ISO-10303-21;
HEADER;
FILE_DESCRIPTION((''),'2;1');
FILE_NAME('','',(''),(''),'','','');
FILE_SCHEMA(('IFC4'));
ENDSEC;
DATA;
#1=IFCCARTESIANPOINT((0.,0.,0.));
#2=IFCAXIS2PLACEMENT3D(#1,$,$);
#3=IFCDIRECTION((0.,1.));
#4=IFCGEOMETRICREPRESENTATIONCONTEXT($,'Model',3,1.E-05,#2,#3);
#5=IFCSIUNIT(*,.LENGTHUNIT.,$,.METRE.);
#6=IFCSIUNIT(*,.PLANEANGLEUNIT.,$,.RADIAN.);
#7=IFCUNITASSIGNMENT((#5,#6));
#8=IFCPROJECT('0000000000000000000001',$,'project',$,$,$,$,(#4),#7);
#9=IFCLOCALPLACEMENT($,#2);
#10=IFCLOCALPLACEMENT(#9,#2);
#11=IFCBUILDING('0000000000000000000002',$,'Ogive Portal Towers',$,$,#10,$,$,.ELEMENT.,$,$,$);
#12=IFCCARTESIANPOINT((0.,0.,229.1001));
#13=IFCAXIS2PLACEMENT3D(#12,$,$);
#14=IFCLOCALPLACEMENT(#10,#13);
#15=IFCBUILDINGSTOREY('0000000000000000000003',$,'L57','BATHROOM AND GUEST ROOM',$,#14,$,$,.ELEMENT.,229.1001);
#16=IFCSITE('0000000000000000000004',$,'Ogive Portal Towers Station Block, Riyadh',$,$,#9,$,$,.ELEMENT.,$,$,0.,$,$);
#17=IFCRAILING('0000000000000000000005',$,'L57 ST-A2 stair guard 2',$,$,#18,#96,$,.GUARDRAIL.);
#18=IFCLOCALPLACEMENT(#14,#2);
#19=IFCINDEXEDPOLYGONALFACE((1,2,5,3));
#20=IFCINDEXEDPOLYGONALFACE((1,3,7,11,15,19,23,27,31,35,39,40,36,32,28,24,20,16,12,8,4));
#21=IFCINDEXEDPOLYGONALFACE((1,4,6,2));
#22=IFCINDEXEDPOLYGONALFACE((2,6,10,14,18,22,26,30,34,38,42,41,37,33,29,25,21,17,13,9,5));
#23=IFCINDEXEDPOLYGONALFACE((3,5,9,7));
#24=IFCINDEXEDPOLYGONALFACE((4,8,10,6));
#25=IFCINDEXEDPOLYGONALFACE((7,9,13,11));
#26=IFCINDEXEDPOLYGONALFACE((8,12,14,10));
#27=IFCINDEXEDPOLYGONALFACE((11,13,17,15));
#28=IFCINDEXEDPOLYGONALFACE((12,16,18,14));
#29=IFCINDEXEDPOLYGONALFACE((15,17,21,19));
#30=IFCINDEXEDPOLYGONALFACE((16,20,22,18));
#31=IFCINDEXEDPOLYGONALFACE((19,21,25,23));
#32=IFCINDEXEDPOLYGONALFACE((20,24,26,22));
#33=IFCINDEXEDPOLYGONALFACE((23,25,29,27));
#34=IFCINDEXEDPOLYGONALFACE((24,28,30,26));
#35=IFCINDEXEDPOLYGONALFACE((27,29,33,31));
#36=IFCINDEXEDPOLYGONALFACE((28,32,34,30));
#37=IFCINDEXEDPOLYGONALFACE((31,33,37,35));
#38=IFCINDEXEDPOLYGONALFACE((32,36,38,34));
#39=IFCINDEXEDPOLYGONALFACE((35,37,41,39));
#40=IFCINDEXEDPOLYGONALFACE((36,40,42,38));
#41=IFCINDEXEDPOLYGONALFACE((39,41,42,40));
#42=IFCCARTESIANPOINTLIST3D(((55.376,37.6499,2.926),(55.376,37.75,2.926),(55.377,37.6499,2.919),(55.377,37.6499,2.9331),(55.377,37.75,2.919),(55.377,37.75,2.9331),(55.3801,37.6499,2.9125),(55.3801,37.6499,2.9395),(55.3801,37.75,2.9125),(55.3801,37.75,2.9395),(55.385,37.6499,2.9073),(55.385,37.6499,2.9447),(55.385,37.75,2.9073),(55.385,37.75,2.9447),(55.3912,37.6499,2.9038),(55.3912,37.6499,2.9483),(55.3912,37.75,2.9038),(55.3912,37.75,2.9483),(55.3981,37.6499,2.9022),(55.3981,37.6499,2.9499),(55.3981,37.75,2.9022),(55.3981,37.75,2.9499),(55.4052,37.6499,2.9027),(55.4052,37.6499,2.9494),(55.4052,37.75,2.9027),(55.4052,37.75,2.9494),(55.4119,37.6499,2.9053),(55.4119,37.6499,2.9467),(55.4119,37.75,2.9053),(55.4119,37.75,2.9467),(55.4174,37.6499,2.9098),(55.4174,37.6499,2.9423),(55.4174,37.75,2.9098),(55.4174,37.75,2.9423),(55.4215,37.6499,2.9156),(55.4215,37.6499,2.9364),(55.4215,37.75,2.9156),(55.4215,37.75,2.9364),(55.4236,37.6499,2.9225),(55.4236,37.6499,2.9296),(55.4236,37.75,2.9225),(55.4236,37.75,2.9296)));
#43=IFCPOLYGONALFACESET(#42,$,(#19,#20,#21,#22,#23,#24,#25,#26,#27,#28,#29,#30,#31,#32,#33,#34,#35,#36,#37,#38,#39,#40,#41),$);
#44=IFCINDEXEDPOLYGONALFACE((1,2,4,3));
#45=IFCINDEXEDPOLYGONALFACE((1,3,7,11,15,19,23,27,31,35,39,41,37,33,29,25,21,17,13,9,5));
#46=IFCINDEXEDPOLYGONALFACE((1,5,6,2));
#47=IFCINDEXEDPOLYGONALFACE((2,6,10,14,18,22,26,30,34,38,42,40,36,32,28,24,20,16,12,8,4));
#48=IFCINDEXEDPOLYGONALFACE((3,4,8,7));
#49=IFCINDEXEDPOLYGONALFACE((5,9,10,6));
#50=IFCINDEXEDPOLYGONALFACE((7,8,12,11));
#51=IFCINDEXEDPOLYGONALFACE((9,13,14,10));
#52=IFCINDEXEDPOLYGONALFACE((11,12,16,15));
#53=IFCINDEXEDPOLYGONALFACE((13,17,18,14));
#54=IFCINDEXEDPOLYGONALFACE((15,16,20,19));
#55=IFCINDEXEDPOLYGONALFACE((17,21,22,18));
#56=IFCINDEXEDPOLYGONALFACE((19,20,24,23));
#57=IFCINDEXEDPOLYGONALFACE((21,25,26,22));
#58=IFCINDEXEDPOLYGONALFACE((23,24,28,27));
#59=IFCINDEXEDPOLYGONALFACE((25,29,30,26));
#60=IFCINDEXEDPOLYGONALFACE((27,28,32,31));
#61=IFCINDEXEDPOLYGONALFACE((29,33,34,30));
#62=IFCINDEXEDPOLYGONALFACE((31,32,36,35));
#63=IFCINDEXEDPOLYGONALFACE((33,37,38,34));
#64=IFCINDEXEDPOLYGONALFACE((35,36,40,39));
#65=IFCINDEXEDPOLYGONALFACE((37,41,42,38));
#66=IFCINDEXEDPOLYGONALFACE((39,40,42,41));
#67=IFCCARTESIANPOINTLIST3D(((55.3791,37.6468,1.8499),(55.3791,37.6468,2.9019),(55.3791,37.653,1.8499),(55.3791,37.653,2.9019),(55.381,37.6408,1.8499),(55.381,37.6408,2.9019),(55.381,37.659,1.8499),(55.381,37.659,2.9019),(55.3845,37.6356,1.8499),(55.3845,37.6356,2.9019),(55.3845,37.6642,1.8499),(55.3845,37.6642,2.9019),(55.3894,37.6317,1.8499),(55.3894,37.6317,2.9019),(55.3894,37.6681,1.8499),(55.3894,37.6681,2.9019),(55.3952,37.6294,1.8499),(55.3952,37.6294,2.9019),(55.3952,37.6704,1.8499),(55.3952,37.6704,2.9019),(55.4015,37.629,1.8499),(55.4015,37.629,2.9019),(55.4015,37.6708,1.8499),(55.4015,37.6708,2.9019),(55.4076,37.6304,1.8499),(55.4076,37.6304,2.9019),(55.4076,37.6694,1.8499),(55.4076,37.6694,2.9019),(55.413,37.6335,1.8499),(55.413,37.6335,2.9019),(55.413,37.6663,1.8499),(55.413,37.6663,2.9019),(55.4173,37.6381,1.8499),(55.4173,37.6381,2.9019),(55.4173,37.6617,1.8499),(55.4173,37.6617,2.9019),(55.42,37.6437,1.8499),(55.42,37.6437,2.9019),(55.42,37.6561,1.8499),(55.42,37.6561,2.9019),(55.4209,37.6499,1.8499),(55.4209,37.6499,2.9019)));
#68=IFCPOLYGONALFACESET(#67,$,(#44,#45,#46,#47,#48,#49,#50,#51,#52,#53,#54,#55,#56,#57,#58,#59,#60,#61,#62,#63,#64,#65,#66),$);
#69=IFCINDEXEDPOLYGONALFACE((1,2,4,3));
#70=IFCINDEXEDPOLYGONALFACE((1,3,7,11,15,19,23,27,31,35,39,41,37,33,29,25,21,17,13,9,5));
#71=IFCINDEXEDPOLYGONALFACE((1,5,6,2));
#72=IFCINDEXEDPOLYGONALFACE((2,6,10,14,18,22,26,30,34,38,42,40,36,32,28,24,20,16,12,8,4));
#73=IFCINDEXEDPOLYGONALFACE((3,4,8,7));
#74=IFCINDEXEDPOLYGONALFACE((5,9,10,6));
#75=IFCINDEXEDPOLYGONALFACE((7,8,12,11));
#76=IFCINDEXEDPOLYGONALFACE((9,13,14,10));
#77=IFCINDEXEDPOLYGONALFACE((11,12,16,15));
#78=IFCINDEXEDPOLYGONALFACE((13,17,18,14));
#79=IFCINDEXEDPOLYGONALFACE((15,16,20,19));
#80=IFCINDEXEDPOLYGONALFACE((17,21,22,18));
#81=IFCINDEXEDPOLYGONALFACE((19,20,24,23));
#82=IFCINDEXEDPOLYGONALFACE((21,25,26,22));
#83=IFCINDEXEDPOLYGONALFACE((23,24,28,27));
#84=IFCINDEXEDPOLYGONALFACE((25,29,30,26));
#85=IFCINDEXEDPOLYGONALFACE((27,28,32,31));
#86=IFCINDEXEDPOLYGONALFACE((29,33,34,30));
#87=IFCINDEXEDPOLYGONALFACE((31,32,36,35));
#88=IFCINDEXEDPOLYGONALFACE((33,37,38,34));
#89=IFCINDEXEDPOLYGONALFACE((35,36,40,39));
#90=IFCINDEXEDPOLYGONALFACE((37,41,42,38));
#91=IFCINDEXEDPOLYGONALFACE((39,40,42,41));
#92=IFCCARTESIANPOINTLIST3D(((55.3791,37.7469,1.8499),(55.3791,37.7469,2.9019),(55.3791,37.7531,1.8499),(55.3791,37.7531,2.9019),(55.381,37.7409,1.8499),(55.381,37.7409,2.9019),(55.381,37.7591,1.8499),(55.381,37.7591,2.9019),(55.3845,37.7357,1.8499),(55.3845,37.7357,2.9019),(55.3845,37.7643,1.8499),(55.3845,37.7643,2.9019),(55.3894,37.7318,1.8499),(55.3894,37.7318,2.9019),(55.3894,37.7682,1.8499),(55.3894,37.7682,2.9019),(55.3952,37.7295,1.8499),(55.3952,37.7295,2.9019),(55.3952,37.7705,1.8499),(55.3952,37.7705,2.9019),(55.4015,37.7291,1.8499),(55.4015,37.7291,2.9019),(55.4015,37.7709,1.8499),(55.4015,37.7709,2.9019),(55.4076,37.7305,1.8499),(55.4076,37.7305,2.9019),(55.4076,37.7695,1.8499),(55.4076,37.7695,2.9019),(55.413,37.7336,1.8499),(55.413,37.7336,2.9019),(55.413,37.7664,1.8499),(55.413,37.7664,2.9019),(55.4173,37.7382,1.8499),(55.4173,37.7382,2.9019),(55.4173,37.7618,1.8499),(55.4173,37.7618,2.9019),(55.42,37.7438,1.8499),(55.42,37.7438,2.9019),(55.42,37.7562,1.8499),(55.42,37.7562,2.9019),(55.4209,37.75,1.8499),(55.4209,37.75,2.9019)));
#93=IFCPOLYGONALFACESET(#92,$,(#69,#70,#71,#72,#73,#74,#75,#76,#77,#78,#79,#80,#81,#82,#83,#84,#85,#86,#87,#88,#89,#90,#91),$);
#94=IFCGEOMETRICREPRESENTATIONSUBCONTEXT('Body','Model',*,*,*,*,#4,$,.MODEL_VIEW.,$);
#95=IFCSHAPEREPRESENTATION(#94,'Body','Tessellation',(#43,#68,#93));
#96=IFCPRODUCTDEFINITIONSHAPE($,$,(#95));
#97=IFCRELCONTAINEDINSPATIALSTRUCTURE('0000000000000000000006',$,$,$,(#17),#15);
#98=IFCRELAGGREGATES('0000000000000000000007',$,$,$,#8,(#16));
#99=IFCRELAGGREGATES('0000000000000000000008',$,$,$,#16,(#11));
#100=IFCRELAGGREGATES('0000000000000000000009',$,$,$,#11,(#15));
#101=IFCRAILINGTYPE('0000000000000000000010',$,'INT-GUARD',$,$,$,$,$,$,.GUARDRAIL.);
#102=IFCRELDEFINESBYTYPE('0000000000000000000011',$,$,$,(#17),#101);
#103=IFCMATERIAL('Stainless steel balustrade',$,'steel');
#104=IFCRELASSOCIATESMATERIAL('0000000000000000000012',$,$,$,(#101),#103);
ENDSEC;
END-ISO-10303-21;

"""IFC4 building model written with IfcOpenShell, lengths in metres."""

from ifc_helpers import new_model, si_unit, direction, frame, origin, origin_2d, place, context, subcontext, project, spatial, circle, extrude, material, type_object, element, save


model = new_model("IFC4")

# Units and contexts
model_context = context("Model", 3, precision=1e-05, world=origin(), true_north=direction((0.0, 1.0)))
body_context = subcontext(model_context, "Body", "Model", "MODEL_VIEW")
ifc_project = project(units=[si_unit("LENGTHUNIT", "METRE"), si_unit("PLANEANGLEUNIT", "RADIAN")], contexts=[model_context])

# Site, building, storey
site_placement = place(None, origin())
site = spatial("IfcSite", under=ifc_project, at=site_placement, Name="Ogive Portal Towers Station Block, Riyadh", CompositionType="ELEMENT", RefElevation=0.0)
building_placement = place(site_placement, origin())
building = spatial("IfcBuilding", under=site, at=building_placement, Name="Ogive Portal Towers", CompositionType="ELEMENT")
storey_placement = place(building_placement, frame((0.0, 0.0, 229.1001)))
storey = spatial("IfcBuildingStorey", under=building, at=storey_placement, Name="L57", Description="BATHROOM AND GUEST ROOM", CompositionType="ELEMENT", Elevation=229.1001)

# Railing
ifc_material_1 = material(Name="Stainless steel balustrade", Category="steel")
railing_type = type_object("IfcRailingType", Name="INT-GUARD", PredefinedType="GUARDRAIL", material=ifc_material_1)
railing_1_placement = place(storey_placement, frame((55.3999, 37.6499, 1.8499)))
element("IfcRailing", 1, at=railing_1_placement, inside=storey, type_object=railing_type, Name="L57 ST-A2 stair guard 2", PredefinedType="GUARDRAIL", context=body_context, shape_type="SweptSolid", body=[
    extrude(circle(Radius=0.0239, at=origin_2d()), frame((0.0, 0.0, 1.0762), z_axis=(0.0, 1.0, 0.0), x_axis=(-1.0, 0.0, 0.0)), (0.0, 0.0, 1.0), 0.1001),
    extrude(circle(Radius=0.021, at=origin_2d()), origin(), (0.0, 0.0, 1.0), 1.052),
    extrude(circle(Radius=0.021, at=origin_2d()), frame((0.0, 0.1001, 0.0)), (0.0, 0.0, 1.0), 1.052),
])

save(model, "model.ifc")
